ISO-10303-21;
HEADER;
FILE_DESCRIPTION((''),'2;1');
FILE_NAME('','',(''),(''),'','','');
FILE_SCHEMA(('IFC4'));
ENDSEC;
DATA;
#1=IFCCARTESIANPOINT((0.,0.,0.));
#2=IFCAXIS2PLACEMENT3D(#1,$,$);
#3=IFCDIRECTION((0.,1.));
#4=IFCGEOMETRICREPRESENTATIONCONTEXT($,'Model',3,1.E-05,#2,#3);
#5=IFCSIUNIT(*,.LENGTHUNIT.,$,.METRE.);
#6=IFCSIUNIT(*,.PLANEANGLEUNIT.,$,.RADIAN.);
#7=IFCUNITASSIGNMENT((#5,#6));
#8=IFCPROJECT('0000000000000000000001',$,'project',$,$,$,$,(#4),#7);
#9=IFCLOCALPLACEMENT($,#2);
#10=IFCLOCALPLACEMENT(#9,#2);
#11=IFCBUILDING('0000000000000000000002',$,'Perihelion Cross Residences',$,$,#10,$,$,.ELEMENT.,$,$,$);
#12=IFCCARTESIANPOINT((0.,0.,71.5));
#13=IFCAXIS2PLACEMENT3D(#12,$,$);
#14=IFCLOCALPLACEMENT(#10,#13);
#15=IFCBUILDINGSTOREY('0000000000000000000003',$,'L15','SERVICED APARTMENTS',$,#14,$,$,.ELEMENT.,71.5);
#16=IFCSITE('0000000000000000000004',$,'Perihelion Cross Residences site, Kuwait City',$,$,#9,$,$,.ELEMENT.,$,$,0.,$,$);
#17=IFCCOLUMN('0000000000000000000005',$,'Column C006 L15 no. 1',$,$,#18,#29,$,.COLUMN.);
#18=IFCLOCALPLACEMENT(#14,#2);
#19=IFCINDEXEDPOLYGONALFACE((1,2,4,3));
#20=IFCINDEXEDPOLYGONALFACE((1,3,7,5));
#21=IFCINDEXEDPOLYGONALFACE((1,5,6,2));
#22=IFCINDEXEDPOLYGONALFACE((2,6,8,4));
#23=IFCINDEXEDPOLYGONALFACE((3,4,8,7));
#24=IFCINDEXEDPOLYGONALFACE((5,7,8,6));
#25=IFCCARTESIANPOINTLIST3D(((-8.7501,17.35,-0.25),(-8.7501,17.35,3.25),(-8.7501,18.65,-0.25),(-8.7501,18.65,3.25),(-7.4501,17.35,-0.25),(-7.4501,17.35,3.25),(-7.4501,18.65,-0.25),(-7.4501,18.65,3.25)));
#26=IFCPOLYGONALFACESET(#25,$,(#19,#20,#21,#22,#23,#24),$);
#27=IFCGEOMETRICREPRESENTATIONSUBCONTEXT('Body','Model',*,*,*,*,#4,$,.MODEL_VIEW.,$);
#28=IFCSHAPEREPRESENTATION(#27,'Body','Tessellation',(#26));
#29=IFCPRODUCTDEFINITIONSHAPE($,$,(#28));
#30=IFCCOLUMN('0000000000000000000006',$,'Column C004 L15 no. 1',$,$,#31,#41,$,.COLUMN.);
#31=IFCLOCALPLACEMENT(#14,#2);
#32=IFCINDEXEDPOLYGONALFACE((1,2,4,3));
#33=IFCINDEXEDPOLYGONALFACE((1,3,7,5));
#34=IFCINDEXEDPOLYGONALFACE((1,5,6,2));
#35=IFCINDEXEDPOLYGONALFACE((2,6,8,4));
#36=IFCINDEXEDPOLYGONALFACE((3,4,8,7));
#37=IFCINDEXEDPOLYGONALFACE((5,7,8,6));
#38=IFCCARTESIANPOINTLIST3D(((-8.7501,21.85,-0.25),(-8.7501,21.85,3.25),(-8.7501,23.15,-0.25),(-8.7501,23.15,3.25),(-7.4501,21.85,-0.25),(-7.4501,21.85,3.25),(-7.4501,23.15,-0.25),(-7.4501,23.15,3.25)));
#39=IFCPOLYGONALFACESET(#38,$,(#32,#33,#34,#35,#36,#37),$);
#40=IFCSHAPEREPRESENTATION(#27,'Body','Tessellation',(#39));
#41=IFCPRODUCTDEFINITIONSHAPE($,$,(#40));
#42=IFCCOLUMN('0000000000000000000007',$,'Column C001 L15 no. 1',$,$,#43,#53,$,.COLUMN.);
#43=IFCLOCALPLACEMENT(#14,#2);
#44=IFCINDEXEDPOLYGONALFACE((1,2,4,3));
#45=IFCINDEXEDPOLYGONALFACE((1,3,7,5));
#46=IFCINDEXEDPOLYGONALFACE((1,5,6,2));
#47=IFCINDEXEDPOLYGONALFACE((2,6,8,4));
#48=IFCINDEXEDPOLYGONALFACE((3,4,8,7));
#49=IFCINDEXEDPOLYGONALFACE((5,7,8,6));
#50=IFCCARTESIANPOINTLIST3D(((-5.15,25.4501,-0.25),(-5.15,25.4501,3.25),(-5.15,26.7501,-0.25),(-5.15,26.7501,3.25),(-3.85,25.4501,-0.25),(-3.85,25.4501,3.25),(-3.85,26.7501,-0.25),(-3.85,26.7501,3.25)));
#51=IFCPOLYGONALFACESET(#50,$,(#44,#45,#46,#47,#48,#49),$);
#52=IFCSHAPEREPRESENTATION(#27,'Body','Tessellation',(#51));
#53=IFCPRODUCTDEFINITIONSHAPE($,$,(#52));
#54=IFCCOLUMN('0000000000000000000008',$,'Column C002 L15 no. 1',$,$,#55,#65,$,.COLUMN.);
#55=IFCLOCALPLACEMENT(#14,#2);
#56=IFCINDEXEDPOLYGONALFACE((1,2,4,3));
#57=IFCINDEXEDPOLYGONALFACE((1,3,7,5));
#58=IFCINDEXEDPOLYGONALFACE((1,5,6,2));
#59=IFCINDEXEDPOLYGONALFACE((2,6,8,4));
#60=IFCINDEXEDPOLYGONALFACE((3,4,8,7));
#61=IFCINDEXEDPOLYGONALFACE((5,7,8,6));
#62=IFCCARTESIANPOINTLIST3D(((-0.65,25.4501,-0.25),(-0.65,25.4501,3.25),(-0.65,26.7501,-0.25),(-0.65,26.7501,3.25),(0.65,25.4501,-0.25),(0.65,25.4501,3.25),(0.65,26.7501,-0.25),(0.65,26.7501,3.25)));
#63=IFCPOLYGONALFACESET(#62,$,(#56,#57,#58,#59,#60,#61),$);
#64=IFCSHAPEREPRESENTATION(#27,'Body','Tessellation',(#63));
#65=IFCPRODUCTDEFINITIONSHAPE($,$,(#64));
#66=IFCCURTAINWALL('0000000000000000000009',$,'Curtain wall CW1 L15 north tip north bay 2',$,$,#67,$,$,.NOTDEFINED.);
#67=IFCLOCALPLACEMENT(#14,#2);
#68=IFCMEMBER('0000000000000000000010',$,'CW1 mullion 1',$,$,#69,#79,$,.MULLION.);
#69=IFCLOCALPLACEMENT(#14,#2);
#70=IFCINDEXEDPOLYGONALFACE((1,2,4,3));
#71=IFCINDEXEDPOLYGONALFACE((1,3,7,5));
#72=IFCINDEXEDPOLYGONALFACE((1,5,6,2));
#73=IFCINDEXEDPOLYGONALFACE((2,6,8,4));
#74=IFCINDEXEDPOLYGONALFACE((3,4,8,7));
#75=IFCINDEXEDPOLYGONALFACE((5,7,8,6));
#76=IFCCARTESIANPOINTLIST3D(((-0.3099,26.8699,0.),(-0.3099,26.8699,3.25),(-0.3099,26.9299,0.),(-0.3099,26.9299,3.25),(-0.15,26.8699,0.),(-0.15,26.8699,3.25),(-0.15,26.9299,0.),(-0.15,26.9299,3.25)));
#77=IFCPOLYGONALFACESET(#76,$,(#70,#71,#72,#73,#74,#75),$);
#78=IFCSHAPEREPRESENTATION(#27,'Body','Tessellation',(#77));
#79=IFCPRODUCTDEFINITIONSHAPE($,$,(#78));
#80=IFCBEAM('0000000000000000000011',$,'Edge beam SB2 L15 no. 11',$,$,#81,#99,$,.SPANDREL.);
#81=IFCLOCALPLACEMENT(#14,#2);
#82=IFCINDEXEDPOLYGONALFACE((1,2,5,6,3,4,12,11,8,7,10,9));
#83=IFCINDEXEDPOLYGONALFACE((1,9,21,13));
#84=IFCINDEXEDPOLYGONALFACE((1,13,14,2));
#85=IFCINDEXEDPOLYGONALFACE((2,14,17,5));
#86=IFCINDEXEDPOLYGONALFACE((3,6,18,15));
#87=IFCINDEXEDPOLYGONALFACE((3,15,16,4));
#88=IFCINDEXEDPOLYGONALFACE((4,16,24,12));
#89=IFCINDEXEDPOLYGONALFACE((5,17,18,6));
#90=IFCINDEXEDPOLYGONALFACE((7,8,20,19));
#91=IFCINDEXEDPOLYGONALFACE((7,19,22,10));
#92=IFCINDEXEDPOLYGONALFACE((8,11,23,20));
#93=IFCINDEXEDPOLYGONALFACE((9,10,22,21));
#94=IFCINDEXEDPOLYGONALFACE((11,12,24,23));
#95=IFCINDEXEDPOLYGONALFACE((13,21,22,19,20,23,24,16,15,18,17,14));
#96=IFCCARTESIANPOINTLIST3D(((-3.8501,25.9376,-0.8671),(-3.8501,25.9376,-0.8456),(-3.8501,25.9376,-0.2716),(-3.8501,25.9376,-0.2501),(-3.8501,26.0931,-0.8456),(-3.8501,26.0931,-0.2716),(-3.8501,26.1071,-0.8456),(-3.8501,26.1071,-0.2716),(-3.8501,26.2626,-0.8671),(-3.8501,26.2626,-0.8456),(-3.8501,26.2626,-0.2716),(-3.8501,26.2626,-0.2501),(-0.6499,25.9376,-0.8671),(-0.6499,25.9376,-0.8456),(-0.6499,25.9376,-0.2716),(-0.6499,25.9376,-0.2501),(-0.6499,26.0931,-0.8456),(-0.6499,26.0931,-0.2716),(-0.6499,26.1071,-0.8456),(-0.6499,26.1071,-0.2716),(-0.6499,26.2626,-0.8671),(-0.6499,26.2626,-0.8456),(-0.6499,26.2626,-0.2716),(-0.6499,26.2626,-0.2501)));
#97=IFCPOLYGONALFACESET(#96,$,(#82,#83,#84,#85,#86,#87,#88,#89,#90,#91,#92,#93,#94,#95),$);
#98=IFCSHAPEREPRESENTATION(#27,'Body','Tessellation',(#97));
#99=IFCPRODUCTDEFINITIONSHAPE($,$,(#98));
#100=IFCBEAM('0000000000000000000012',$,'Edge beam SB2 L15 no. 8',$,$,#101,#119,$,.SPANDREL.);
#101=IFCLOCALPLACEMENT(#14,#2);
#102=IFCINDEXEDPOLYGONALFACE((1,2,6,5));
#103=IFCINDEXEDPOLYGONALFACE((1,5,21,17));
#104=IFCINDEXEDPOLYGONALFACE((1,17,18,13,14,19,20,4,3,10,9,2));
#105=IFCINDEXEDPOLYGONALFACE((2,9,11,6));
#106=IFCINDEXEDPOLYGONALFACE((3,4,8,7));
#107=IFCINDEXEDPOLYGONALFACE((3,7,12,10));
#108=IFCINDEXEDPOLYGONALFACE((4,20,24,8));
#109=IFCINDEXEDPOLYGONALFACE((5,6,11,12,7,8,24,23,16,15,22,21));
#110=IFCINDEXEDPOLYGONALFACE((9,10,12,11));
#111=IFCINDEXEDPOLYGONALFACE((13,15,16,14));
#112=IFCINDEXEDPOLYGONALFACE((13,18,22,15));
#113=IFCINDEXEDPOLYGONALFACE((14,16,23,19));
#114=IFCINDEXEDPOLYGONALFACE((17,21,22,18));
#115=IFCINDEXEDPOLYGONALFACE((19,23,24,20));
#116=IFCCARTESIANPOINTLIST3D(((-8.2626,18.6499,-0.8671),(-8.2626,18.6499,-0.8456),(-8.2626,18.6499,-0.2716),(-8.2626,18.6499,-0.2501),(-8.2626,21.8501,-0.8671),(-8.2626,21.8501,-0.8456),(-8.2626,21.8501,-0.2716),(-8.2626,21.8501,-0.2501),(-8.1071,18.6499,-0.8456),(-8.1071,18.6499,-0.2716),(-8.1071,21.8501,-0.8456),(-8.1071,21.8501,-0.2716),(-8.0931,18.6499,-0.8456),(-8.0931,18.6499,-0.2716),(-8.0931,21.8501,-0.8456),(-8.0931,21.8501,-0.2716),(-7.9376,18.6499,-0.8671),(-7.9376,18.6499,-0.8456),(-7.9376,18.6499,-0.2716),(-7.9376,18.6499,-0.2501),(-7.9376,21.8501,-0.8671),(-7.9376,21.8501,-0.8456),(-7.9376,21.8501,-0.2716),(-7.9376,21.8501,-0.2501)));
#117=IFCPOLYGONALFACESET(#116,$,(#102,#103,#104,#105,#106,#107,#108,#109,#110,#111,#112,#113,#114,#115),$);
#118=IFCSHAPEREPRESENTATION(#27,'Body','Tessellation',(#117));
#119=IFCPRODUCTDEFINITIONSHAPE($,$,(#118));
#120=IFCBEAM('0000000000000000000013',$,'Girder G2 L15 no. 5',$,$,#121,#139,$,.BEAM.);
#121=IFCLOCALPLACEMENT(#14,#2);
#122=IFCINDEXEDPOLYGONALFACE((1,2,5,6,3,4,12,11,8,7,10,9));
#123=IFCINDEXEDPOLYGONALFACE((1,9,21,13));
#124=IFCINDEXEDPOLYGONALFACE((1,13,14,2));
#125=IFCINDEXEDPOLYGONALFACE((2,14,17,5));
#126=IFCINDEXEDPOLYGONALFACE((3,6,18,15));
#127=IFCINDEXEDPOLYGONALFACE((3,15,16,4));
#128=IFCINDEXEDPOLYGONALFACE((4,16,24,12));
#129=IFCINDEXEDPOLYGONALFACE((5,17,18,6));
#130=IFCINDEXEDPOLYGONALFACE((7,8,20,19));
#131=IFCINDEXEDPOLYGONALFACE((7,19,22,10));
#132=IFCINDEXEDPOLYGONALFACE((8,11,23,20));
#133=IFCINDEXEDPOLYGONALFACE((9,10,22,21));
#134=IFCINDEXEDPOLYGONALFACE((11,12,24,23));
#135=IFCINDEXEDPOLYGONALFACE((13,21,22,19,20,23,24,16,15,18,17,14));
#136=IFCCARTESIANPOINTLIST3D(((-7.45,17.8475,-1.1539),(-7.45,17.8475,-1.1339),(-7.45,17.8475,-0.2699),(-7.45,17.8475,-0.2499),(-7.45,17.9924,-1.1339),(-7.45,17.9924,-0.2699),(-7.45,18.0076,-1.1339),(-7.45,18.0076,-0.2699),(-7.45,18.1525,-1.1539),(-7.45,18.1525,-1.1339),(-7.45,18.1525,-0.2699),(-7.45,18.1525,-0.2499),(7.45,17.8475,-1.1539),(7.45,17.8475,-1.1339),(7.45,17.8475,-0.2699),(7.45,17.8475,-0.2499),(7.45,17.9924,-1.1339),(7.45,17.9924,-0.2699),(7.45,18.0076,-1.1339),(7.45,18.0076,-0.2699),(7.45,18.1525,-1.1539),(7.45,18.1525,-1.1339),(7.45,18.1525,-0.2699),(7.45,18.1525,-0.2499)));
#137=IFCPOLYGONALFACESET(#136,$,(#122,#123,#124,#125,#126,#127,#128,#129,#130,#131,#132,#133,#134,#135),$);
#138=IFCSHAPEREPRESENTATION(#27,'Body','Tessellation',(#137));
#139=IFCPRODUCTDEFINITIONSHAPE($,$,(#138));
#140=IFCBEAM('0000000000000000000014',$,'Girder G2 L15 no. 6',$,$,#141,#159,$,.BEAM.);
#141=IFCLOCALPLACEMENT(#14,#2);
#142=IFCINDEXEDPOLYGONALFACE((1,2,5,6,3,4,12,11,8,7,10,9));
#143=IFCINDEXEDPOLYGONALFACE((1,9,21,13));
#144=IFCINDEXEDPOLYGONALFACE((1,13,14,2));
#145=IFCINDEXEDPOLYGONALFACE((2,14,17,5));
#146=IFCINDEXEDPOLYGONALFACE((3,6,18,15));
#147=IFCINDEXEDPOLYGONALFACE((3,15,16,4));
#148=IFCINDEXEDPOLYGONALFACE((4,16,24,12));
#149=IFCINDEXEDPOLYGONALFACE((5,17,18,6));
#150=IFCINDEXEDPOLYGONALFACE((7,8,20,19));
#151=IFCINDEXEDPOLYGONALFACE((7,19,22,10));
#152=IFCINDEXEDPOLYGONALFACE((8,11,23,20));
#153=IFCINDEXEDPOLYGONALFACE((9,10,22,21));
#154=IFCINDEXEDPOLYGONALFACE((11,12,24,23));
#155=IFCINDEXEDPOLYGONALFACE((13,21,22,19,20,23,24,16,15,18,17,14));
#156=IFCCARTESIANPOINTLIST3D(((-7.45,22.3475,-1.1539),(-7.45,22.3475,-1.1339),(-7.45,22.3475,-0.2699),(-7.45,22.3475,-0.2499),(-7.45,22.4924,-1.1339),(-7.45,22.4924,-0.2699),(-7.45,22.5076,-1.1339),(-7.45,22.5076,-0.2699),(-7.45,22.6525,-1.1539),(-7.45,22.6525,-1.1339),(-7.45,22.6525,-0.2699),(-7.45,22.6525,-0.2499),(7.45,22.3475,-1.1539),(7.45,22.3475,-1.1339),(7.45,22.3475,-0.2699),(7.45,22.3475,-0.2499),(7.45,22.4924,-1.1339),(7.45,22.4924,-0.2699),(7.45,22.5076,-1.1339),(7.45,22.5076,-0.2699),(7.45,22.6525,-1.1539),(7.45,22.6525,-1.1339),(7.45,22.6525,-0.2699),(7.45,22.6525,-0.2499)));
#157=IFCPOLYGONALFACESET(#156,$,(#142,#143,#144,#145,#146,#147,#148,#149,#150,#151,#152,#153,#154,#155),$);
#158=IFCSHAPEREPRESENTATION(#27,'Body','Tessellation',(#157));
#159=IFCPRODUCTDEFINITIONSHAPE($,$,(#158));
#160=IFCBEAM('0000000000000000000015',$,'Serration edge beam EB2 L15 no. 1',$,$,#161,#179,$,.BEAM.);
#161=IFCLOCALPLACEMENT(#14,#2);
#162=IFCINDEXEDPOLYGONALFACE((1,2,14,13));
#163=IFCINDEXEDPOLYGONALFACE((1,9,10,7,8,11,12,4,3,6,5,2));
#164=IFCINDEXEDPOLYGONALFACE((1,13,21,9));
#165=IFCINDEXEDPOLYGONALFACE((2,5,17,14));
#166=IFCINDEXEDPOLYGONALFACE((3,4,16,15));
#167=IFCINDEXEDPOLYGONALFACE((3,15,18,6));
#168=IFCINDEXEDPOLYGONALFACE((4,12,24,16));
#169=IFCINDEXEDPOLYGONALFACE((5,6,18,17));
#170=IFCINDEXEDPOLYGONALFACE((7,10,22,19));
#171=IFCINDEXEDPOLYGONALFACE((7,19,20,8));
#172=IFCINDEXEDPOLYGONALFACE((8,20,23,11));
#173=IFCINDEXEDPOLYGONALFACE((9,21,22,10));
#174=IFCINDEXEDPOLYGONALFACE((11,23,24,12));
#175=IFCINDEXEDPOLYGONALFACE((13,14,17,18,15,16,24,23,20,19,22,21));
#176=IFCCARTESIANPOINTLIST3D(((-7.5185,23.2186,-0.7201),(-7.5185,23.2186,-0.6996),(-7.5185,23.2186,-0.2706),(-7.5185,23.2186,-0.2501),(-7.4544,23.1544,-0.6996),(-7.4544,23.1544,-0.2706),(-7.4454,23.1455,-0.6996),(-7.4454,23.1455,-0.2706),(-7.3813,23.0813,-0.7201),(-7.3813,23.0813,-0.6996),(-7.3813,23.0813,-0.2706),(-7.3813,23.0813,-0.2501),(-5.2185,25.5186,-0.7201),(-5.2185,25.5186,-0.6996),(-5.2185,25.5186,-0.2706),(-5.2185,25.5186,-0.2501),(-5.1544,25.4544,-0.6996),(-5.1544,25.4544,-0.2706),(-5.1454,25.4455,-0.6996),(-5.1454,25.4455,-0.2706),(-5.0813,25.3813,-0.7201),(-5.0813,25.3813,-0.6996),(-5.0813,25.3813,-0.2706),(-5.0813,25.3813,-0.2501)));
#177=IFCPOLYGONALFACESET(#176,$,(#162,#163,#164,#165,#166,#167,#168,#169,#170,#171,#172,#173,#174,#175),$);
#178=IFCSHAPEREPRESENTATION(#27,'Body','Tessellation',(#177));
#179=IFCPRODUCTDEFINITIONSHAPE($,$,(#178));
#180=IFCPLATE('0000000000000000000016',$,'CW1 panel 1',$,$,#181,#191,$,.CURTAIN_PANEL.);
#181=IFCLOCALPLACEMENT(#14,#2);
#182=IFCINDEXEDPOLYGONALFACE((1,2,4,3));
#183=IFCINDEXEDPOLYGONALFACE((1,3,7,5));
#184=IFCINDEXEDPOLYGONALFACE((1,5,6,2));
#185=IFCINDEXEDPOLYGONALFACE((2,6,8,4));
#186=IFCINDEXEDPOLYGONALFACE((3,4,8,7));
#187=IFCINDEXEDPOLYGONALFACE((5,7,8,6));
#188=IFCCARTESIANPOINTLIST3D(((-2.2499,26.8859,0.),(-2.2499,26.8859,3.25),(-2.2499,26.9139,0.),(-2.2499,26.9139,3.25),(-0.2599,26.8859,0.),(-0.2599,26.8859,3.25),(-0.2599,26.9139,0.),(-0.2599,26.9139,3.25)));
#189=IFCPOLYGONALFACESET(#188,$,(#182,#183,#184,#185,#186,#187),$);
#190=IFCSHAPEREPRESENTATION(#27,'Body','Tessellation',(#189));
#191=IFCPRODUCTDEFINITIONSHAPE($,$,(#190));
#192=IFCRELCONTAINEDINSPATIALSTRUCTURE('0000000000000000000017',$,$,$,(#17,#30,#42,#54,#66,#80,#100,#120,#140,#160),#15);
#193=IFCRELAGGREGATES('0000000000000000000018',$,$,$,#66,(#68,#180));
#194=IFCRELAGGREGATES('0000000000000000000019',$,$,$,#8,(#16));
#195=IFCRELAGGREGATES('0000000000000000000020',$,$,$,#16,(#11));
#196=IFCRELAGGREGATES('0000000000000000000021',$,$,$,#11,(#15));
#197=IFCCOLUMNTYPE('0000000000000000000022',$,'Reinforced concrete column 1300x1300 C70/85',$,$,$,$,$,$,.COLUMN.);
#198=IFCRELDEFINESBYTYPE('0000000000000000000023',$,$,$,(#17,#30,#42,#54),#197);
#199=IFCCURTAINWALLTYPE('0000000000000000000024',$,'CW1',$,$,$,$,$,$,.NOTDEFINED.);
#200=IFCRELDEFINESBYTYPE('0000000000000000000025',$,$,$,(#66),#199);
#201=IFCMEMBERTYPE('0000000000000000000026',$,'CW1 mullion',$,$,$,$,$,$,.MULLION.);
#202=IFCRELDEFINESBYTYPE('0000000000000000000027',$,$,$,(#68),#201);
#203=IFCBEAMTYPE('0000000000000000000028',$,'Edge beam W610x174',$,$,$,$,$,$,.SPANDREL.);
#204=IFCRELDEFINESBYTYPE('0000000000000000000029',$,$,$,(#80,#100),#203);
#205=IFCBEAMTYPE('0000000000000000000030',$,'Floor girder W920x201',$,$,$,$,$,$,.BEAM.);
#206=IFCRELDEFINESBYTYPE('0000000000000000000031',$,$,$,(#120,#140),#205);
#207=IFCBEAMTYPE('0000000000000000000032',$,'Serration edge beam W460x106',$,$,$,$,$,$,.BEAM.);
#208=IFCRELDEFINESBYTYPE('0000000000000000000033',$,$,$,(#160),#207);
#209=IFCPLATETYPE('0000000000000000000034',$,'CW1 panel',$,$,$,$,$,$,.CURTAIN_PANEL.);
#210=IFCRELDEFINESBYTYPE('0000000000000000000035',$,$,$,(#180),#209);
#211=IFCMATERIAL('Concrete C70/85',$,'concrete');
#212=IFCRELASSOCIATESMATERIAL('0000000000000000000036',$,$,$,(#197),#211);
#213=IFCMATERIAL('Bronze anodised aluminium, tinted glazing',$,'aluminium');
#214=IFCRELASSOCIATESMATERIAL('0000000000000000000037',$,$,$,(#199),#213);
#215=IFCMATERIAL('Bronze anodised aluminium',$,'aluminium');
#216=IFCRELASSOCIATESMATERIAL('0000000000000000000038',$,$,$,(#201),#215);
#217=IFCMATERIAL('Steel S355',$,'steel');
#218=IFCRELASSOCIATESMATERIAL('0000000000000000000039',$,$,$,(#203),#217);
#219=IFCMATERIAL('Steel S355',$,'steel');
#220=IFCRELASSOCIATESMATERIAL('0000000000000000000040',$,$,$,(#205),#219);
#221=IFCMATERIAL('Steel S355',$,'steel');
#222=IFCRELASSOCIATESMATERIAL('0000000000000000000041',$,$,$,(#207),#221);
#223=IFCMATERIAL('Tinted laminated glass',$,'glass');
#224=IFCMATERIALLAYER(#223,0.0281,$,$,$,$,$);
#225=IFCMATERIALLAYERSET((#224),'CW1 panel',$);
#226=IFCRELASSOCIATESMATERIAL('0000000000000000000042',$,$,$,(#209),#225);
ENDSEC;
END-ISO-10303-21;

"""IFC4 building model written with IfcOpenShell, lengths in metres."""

from ifc_helpers import new_model, si_unit, direction, frame, origin, origin_2d, place, context, subcontext, project, spatial, rectangle, i_section, extrude, material, layer, layer_set, material_profile, profile_set, type_object, element, aggregate, save


model = new_model("IFC4")

# Units and contexts
model_context = context("Model", 3, precision=1e-05, world=origin(), true_north=direction((0.0, 1.0)))
body_context = subcontext(model_context, "Body", "Model", "MODEL_VIEW")
ifc_project = project(units=[si_unit("LENGTHUNIT", "METRE"), si_unit("PLANEANGLEUNIT", "RADIAN")], contexts=[model_context])

# Site, building, storey
site_placement = place(None, origin())
site = spatial("IfcSite", under=ifc_project, at=site_placement, Name="Perihelion Cross Residences site, Kuwait City", CompositionType="ELEMENT", RefElevation=0.0)
building_placement = place(site_placement, origin())
building = spatial("IfcBuilding", under=site, at=building_placement, Name="Perihelion Cross Residences", CompositionType="ELEMENT")
storey_placement = place(building_placement, frame((0.0, 0.0, 71.5)))
storey = spatial("IfcBuildingStorey", under=building, at=storey_placement, Name="L15", Description="SERVICED APARTMENTS", CompositionType="ELEMENT", Elevation=71.5)

# Columns
ifc_material_1 = material(Name="Concrete C70/85", Category="concrete")
ifc_material_profile_1 = material_profile(ifc_material_1, rectangle(XDim=1.3, YDim=1.3, at=origin_2d()), Name="RC 1300x1300")
ifc_profile_set_1 = profile_set([ifc_material_profile_1], Name="Concrete C70/85")
column_type = type_object("IfcColumnType", Name="Reinforced concrete column 1300x1300 C70/85", PredefinedType="COLUMN", material=ifc_profile_set_1)
for number, where, z_axis, x_axis, name in (
    (1, (-8.1001, 18.0, -0.25), (0.0, 0.0, 1.0), (1.0, 0.0, 0.0), "Column C006 L15 no. 1"),
    (2, (-8.1001, 22.5, -0.25), (0.0, 0.0, 1.0), (1.0, 0.0, 0.0), "Column C004 L15 no. 1"),
    (3, (-4.5, 26.1001, -0.25), (0.0, 0.0, 1.0), (1.0, 0.0, 0.0), "Column C001 L15 no. 1"),
    (4, (0.0, 26.1001, -0.25), (0.0, 0.0, 1.0), (1.0, 0.0, 0.0), "Column C002 L15 no. 1"),
):
    element("IfcColumn", number, at=place(storey_placement, frame(where, z_axis=z_axis, x_axis=x_axis)), inside=storey, type_object=column_type, Name=name, PredefinedType="COLUMN", context=body_context, shape_type="SweptSolid", body=[
        extrude(rectangle(XDim=1.3, YDim=1.3, at=origin_2d()), origin(), (0.0, 0.0, 1.0), 3.5),
    ])

# Curtain wall, member
ifc_material_2 = material(Name="Bronze anodised aluminium, tinted glazing", Category="aluminium")
curtain_wall_type = type_object("IfcCurtainWallType", Name="CW1", PredefinedType="NOTDEFINED", material=ifc_material_2)
curtain_wall_1_placement = place(storey_placement, origin())
curtain_wall_1 = element("IfcCurtainWall", 5, at=curtain_wall_1_placement, inside=storey, type_object=curtain_wall_type, Name="Curtain wall CW1 L15 north tip north bay 2", PredefinedType="NOTDEFINED")
ifc_material_3 = material(Name="Bronze anodised aluminium", Category="aluminium")
ifc_material_profile_2 = material_profile(ifc_material_3, rectangle(XDim=0.0601, YDim=0.1599, at=origin_2d()), Name="CW1 mullion")
ifc_profile_set_2 = profile_set([ifc_material_profile_2], Name="Bronze anodised aluminium")
member_type = type_object("IfcMemberType", Name="CW1 mullion", PredefinedType="MULLION", material=ifc_profile_set_2)
member_placement = place(storey_placement, frame((-0.23, 26.8999, 0.0), z_axis=(0.0, 0.0, 1.0), x_axis=(0.0, -1.0, 0.0)))
member = element("IfcMember", 6, at=member_placement, type_object=member_type, Name="CW1 mullion 1", PredefinedType="MULLION", context=body_context, shape_type="SweptSolid", body=[
    extrude(rectangle(XDim=0.0601, YDim=0.1599, at=origin_2d()), origin(), (0.0, 0.0, 1.0), 3.25),
])

# Beams
ifc_material_4 = material(Name="Steel S355", Category="steel")
ifc_material_profile_3 = material_profile(ifc_material_4, i_section(OverallWidth=0.325, OverallDepth=0.6169, WebThickness=0.0139, FlangeThickness=0.0215, at=origin_2d()), Name="W610x174")
ifc_profile_set_3 = profile_set([ifc_material_profile_3], Name="Steel S355")
beam_type_1 = type_object("IfcBeamType", Name="Edge beam W610x174", PredefinedType="SPANDREL", material=ifc_profile_set_3)
for number, where, z_axis, x_axis, name in (
    (7, (-0.6499, 26.1001, -0.5586), (-1.0, 0.0, 0.0), (0.0, -1.0, 0.0), "Edge beam SB2 L15 no. 11"),
    (8, (-8.1001, 21.8501, -0.5586), (0.0, -1.0, 0.0), (1.0, 0.0, 0.0), "Edge beam SB2 L15 no. 8"),
):
    element("IfcBeam", number, at=place(storey_placement, frame(where, z_axis=z_axis, x_axis=x_axis)), inside=storey, type_object=beam_type_1, Name=name, PredefinedType="SPANDREL", context=body_context, shape_type="SweptSolid", body=[
        extrude(i_section(OverallWidth=0.325, OverallDepth=0.6169, WebThickness=0.0139, FlangeThickness=0.0215, at=origin_2d()), origin(), (0.0, 0.0, 1.0), 3.2002),
    ])
ifc_material_5 = material(Name="Steel S355", Category="steel")
ifc_material_profile_4 = material_profile(ifc_material_5, i_section(OverallWidth=0.3049, OverallDepth=0.9041, WebThickness=0.0151, FlangeThickness=0.02, at=origin_2d()), Name="W920x201")
ifc_profile_set_4 = profile_set([ifc_material_profile_4], Name="Steel S355")
beam_type_2 = type_object("IfcBeamType", Name="Floor girder W920x201", PredefinedType="BEAM", material=ifc_profile_set_4)
for number, where, z_axis, x_axis, name in (
    (9, (-7.45, 18.0, -0.7019), (1.0, 0.0, 0.0), (0.0, 1.0, 0.0), "Girder G2 L15 no. 5"),
    (10, (-7.45, 22.5, -0.7019), (1.0, 0.0, 0.0), (0.0, 1.0, 0.0), "Girder G2 L15 no. 6"),
):
    element("IfcBeam", number, at=place(storey_placement, frame(where, z_axis=z_axis, x_axis=x_axis)), inside=storey, type_object=beam_type_2, Name=name, PredefinedType="BEAM", context=body_context, shape_type="SweptSolid", body=[
        extrude(i_section(OverallWidth=0.3049, OverallDepth=0.9041, WebThickness=0.0151, FlangeThickness=0.02, at=origin_2d()), origin(), (0.0, 0.0, 1.0), 14.8999),
    ])
ifc_material_6 = material(Name="Steel S355", Category="steel")
ifc_material_profile_5 = material_profile(ifc_material_6, i_section(OverallWidth=0.1941, OverallDepth=0.47, WebThickness=0.0127, FlangeThickness=0.0205, at=origin_2d()), Name="W460x106")
ifc_profile_set_5 = profile_set([ifc_material_profile_5], Name="Steel S355")
beam_type_3 = type_object("IfcBeamType", Name="Serration edge beam W460x106", PredefinedType="BEAM", material=ifc_profile_set_5)
beam_placement = place(storey_placement, frame((-5.1499, 25.45, -0.4851), z_axis=(-0.707107, -0.707107, 0.0), x_axis=(0.707107, -0.707107, 0.0)))
element("IfcBeam", 11, at=beam_placement, inside=storey, type_object=beam_type_3, Name="Serration edge beam EB2 L15 no. 1", PredefinedType="BEAM", context=body_context, shape_type="SweptSolid", body=[
    extrude(i_section(OverallWidth=0.1941, OverallDepth=0.47, WebThickness=0.0127, FlangeThickness=0.0205, at=origin_2d()), origin(), (0.0, 0.0, 1.0), 3.2527),
])

# Plate
ifc_material_7 = material(Name="Tinted laminated glass", Category="glass")
ifc_layer_1 = layer(ifc_material_7, 0.0281)
ifc_layer_set_1 = layer_set([ifc_layer_1], Name="CW1 panel")
plate_type = type_object("IfcPlateType", Name="CW1 panel", PredefinedType="CURTAIN_PANEL", material=ifc_layer_set_1)
plate_1_placement = place(storey_placement, frame((-1.2549, 26.8999, 0.0), z_axis=(0.0, 0.0, 1.0), x_axis=(-1.0, 0.0, 0.0)))
plate_1 = element("IfcPlate", 12, at=plate_1_placement, type_object=plate_type, Name="CW1 panel 1", PredefinedType="CURTAIN_PANEL", context=body_context, shape_type="SweptSolid", body=[
    extrude(rectangle(XDim=1.99, YDim=0.0281, at=origin_2d()), origin(), (0.0, 0.0, 1.0), 3.25),
])
aggregate(curtain_wall_1, [member, plate_1])

save(model, "model.ifc")
